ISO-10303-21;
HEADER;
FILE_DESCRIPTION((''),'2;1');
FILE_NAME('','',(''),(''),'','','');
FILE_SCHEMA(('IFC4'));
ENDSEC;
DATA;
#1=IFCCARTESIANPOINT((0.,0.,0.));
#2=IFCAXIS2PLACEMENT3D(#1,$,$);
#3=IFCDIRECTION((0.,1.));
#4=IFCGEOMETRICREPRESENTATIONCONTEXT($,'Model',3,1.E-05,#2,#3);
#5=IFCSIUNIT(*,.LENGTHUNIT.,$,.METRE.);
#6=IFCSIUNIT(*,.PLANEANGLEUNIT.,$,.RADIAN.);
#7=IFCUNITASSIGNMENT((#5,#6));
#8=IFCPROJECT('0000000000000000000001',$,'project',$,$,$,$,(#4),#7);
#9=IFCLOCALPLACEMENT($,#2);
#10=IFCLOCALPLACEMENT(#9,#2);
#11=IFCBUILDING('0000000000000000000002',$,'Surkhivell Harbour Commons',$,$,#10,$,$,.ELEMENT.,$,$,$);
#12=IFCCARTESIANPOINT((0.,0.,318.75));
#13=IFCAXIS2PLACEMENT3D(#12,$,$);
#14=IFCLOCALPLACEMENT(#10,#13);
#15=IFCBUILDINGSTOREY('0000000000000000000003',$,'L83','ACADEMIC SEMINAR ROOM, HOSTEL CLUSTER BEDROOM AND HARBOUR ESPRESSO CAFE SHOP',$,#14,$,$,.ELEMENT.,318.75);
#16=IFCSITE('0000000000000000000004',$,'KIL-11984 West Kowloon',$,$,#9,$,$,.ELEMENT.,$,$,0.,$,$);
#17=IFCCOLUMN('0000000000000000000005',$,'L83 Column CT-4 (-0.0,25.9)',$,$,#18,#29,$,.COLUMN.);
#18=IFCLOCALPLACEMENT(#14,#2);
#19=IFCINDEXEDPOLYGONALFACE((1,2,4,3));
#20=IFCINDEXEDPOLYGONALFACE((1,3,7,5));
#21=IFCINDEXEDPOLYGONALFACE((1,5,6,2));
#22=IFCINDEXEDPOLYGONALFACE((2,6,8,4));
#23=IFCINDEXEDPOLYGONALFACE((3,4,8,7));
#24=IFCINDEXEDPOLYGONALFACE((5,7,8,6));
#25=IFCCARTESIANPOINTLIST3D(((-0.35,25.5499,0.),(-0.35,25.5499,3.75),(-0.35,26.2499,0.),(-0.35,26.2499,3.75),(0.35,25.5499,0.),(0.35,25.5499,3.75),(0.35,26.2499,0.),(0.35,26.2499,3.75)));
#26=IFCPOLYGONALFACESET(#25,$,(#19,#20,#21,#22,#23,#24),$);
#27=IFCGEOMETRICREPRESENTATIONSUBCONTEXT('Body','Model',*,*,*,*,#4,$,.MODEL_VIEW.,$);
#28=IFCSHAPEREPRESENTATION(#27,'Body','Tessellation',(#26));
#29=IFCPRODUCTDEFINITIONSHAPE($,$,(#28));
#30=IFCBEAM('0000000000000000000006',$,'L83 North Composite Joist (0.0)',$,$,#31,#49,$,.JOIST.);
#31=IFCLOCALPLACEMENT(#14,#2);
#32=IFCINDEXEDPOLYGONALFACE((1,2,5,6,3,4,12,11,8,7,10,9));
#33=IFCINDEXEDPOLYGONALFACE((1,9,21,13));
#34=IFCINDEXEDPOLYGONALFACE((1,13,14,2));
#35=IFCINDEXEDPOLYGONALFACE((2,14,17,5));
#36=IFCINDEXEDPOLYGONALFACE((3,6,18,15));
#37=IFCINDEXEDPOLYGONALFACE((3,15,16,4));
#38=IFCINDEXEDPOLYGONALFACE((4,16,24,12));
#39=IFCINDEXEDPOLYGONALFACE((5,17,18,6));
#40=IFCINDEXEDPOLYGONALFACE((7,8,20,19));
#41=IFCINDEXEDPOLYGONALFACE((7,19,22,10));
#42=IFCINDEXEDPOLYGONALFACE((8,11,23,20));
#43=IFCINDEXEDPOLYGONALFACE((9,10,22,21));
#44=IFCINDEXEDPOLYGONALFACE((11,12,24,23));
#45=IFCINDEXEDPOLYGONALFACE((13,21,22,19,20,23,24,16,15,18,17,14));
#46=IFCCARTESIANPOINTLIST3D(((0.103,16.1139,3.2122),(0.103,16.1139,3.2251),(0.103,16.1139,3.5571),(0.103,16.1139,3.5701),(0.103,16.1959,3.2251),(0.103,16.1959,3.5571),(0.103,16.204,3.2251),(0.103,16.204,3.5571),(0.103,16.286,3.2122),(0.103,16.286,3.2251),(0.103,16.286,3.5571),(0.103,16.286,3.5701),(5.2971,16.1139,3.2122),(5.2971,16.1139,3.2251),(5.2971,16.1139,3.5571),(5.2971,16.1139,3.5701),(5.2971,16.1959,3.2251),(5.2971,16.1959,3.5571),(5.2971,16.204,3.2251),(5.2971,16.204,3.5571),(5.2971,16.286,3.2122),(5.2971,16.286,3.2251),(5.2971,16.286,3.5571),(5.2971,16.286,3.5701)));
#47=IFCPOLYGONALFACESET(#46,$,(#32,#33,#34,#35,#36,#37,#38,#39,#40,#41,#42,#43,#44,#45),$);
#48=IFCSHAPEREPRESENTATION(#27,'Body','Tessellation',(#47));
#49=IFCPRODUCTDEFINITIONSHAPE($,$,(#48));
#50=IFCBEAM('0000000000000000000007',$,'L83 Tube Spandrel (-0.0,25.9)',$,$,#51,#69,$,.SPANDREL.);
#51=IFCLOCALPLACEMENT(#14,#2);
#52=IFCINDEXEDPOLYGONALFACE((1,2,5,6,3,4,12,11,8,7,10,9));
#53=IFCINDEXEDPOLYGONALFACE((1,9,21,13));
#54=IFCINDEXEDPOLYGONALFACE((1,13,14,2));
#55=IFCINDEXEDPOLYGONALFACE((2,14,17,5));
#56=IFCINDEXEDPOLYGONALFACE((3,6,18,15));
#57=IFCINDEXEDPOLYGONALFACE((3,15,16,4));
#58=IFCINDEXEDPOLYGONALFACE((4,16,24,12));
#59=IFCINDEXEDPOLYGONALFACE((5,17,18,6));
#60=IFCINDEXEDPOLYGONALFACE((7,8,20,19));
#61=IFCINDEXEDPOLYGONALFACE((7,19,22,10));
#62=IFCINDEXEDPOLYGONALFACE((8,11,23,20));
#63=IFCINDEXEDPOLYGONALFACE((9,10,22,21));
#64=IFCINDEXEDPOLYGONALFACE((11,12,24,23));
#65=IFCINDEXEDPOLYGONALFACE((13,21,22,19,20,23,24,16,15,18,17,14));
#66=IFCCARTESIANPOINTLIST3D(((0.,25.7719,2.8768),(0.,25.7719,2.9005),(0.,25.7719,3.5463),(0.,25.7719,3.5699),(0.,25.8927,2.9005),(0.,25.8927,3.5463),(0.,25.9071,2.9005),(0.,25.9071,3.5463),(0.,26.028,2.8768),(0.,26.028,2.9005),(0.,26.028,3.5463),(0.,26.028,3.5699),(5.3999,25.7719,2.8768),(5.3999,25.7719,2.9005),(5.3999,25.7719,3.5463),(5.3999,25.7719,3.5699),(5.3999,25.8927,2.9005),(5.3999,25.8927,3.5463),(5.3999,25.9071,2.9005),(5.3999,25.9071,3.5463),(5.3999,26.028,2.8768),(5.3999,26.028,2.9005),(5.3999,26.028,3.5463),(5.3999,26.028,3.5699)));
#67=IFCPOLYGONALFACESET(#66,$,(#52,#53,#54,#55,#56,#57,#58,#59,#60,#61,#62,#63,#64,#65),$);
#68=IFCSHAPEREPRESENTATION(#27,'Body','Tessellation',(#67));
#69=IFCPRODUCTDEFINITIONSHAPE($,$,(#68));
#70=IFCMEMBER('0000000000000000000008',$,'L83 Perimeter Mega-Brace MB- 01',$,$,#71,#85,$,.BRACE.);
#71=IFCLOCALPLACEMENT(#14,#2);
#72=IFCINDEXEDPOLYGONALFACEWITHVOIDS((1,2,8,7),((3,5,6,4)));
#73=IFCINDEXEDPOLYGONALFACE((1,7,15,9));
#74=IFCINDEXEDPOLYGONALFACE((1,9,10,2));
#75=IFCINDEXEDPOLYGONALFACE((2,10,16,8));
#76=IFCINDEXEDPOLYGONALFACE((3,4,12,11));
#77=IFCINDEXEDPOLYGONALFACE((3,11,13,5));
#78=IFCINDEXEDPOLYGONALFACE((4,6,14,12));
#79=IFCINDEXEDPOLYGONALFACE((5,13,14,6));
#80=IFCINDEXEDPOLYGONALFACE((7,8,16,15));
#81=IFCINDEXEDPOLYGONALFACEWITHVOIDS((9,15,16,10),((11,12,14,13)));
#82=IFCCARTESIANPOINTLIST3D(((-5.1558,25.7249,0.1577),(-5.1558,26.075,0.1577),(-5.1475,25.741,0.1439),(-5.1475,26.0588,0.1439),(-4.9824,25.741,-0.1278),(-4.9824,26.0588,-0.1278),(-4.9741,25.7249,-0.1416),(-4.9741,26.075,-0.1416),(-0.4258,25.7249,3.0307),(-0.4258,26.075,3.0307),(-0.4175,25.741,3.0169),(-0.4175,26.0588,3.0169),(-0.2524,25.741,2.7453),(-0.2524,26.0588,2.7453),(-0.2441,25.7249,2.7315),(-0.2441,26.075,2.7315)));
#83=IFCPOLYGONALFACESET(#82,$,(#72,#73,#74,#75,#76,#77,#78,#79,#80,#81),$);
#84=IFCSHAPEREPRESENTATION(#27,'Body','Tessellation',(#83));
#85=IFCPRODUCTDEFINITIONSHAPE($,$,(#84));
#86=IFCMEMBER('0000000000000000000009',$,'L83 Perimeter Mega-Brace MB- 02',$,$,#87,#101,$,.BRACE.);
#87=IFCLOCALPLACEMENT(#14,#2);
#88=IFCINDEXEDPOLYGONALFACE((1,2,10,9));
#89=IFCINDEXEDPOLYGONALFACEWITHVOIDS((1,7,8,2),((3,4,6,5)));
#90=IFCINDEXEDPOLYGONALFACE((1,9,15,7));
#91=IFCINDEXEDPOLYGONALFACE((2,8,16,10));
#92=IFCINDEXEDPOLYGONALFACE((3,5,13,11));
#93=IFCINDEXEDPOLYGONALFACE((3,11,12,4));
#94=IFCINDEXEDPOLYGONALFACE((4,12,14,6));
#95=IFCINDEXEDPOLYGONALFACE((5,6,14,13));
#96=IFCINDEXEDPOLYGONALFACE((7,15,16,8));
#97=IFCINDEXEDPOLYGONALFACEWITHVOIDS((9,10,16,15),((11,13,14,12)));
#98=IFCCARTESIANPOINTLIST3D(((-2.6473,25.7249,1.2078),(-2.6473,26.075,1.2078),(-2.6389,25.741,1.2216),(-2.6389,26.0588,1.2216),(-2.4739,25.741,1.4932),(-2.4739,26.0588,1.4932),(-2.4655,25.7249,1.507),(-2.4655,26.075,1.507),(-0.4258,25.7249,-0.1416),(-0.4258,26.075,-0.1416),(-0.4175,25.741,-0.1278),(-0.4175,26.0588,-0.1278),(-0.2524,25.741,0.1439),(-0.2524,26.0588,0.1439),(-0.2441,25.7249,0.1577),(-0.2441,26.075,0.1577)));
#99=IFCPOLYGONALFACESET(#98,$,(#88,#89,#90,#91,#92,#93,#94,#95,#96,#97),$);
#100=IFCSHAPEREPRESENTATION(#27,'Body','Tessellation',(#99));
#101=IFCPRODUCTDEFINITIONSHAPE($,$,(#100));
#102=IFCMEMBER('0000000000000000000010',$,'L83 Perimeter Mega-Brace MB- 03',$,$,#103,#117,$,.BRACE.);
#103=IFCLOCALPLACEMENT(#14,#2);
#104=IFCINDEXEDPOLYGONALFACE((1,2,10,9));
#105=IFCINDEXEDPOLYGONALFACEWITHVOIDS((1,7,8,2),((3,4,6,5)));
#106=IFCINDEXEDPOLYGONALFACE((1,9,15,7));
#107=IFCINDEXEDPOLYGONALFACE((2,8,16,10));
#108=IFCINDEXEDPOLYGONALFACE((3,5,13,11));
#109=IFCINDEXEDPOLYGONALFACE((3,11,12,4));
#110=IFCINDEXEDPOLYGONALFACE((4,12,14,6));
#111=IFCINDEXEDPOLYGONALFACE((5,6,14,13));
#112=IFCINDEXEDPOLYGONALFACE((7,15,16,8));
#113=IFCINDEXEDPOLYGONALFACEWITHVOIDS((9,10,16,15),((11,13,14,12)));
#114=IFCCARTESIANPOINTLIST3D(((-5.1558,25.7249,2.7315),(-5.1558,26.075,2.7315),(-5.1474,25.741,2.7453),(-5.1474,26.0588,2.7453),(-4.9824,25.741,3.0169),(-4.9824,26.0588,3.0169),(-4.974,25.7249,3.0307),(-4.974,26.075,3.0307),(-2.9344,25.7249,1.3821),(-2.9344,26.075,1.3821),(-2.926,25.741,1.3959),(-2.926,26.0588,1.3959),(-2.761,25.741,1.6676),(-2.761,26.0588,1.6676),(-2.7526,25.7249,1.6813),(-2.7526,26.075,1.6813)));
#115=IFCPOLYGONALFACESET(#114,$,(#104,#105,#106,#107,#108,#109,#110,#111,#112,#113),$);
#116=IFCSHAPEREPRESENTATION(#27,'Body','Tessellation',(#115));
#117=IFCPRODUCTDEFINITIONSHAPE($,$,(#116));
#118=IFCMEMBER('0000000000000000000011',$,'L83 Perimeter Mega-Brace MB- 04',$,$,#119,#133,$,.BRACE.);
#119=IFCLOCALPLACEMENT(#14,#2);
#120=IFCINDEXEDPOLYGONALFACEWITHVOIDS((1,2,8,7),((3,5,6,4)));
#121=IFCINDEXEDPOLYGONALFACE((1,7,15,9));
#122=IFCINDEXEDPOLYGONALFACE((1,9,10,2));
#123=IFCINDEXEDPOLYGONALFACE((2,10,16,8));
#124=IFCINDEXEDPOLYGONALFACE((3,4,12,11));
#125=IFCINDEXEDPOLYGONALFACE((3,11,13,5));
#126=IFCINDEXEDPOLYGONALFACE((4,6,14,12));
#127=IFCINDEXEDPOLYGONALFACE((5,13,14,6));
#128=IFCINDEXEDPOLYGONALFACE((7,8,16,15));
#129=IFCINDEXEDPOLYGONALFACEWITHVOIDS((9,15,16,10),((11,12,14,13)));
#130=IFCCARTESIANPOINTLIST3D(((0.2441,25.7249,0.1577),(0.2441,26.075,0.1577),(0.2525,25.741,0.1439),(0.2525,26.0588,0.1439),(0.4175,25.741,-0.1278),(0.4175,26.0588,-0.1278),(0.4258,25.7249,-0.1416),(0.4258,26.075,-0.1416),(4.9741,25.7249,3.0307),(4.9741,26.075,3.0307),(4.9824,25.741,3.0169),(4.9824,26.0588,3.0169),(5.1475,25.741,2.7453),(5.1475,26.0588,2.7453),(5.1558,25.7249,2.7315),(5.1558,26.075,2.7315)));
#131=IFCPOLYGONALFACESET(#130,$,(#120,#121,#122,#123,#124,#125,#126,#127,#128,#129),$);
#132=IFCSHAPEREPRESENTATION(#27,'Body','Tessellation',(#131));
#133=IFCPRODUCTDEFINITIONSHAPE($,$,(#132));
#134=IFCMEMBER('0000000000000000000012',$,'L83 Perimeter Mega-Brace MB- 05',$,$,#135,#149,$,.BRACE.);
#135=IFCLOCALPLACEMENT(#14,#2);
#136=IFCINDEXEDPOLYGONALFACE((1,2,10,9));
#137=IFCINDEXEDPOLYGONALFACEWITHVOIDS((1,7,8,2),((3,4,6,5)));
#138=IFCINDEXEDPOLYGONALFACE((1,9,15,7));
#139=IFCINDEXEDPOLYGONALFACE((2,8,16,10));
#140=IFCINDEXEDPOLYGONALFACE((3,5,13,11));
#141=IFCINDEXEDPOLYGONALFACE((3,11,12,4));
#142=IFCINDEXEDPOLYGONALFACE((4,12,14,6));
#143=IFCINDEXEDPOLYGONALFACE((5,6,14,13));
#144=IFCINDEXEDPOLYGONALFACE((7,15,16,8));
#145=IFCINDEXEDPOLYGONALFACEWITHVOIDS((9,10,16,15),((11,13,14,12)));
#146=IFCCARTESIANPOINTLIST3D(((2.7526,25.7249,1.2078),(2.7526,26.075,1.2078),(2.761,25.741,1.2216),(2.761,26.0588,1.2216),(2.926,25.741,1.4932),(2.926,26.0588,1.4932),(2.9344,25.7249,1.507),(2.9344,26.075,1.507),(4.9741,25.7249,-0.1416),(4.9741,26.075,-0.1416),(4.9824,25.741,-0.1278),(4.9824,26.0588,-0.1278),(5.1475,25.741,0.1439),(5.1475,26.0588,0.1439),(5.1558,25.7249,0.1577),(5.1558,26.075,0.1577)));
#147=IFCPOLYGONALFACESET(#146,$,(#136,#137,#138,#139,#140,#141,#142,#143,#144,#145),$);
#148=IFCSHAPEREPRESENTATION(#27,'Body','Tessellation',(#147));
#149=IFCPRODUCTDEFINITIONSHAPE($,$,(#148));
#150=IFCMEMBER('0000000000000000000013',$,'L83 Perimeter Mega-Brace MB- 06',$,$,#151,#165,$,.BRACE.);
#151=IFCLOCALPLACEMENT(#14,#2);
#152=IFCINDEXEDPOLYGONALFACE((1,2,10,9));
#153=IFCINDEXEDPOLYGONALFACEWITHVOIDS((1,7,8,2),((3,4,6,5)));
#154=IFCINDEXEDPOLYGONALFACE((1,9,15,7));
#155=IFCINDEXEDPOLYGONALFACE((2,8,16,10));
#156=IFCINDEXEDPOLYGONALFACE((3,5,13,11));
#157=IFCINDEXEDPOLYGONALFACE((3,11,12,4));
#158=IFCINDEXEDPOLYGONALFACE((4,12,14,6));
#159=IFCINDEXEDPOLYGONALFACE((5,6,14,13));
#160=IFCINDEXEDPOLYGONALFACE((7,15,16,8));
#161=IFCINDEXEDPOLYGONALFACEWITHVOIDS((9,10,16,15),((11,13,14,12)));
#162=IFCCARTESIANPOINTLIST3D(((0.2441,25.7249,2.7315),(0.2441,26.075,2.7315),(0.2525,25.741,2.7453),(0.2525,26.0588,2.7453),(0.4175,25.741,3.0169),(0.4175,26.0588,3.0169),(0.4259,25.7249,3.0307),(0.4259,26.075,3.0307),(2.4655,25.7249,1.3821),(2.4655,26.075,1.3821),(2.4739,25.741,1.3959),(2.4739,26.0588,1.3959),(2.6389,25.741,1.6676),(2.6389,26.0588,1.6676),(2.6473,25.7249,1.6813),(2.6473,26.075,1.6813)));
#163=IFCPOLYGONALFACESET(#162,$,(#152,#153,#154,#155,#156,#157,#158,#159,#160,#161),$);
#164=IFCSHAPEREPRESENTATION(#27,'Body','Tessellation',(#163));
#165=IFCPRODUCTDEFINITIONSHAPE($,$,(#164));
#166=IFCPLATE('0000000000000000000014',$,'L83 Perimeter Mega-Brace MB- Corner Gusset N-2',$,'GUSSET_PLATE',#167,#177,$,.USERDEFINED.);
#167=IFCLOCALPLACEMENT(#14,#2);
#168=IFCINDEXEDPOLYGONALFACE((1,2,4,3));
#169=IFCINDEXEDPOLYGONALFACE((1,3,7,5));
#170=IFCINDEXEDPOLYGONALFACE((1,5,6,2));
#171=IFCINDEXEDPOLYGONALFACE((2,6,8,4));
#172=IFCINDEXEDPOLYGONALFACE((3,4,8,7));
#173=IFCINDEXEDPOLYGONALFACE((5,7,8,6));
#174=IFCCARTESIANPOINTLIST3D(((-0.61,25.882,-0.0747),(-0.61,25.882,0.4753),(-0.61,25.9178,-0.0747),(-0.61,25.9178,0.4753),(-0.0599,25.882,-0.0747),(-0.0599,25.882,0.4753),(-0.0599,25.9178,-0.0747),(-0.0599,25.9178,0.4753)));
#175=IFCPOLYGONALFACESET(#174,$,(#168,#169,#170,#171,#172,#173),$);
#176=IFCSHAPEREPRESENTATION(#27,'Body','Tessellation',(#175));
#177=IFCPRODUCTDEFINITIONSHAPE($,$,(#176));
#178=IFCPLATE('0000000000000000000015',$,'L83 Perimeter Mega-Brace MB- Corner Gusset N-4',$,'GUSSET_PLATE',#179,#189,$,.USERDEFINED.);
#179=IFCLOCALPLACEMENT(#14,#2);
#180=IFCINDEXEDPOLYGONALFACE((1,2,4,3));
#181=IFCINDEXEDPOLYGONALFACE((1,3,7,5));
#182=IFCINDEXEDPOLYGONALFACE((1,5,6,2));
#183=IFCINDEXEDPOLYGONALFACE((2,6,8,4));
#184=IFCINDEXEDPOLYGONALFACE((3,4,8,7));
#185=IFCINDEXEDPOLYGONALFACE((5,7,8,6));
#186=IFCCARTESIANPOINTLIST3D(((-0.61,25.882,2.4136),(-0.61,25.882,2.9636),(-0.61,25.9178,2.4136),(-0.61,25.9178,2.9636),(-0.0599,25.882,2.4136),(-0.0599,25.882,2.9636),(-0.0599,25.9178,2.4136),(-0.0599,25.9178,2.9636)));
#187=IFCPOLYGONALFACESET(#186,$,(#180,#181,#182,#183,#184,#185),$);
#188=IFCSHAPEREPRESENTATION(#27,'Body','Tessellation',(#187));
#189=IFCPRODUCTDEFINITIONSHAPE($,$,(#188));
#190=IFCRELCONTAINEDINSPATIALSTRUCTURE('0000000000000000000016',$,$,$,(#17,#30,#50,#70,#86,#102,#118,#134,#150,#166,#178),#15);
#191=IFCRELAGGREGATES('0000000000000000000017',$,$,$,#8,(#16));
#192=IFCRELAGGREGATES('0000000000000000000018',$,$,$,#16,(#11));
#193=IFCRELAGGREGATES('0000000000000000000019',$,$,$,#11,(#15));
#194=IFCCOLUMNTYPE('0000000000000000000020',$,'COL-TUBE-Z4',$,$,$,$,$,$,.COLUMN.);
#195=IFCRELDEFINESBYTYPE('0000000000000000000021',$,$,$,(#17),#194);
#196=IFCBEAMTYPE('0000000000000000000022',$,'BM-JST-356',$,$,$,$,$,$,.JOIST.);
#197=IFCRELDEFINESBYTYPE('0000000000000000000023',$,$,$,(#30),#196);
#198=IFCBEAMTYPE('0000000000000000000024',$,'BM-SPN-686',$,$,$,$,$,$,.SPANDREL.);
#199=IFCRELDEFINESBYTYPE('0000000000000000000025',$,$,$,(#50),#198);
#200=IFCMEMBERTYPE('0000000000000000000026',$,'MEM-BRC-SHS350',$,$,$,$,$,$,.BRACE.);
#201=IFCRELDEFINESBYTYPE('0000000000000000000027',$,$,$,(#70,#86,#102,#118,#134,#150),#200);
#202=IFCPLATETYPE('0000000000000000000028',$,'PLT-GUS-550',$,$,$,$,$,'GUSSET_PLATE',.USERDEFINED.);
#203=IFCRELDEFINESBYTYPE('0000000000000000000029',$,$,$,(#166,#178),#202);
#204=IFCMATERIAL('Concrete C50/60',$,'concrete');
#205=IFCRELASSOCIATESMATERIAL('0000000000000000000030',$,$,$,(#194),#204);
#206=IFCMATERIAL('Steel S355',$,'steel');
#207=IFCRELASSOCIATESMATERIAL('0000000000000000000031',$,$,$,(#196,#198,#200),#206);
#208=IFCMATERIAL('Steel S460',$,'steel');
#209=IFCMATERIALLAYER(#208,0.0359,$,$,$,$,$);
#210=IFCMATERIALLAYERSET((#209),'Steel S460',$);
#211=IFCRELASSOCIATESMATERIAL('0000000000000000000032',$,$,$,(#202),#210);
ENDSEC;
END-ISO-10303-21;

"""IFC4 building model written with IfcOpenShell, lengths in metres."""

from ifc_helpers import new_model, si_unit, direction, frame, origin, origin_2d, place, context, subcontext, project, spatial, rectangle, hollow_rectangle, i_section, extrude, material, layer, layer_set, material_profile, profile_set, type_object, element, save


model = new_model("IFC4")

# Units and contexts
model_context = context("Model", 3, precision=1e-05, world=origin(), true_north=direction((0.0, 1.0)))
body_context = subcontext(model_context, "Body", "Model", "MODEL_VIEW")
ifc_project = project(units=[si_unit("LENGTHUNIT", "METRE"), si_unit("PLANEANGLEUNIT", "RADIAN")], contexts=[model_context])

# Site, building, storey
site_placement = place(None, origin())
site = spatial("IfcSite", under=ifc_project, at=site_placement, Name="KIL-11984 West Kowloon", CompositionType="ELEMENT", RefElevation=0.0)
building_placement = place(site_placement, origin())
building = spatial("IfcBuilding", under=site, at=building_placement, Name="Surkhivell Harbour Commons", CompositionType="ELEMENT")
storey_placement = place(building_placement, frame((0.0, 0.0, 318.75)))
storey = spatial("IfcBuildingStorey", under=building, at=storey_placement, Name="L83", Description="ACADEMIC SEMINAR ROOM, HOSTEL CLUSTER BEDROOM AND HARBOUR ESPRESSO CAFE SHOP", CompositionType="ELEMENT", Elevation=318.75)

# Column
ifc_material_1 = material(Name="Concrete C50/60", Category="concrete")
ifc_material_profile_1 = material_profile(ifc_material_1, rectangle(XDim=0.7, YDim=0.7, at=origin_2d()), Name="RC-COL-700x700")
ifc_profile_set_1 = profile_set([ifc_material_profile_1], Name="Concrete C50/60")
column_type = type_object("IfcColumnType", Name="COL-TUBE-Z4", PredefinedType="COLUMN", material=ifc_profile_set_1)
column_placement = place(storey_placement, frame((0.0, 25.8999, 0.0), z_axis=(0.0, 0.0, 1.0), x_axis=(1.0, 0.0, 0.0)))
element("IfcColumn", 1, at=column_placement, inside=storey, type_object=column_type, Name="L83 Column CT-4 (-0.0,25.9)", PredefinedType="COLUMN", context=body_context, shape_type="SweptSolid", body=[
    extrude(rectangle(XDim=0.7, YDim=0.7, at=origin_2d()), origin(), (0.0, 0.0, 1.0), 3.75),
])

# Beams
ifc_material_2 = material(Name="Steel S355", Category="steel")
ifc_material_profile_2 = material_profile(ifc_material_2, i_section(OverallWidth=0.1721, OverallDepth=0.3579, WebThickness=0.0081, FlangeThickness=0.0129, at=origin_2d()), Name="UB356x171x57")
ifc_profile_set_2 = profile_set([ifc_material_profile_2], Name="Steel S355")
beam_type_1 = type_object("IfcBeamType", Name="BM-JST-356", PredefinedType="JOIST", material=ifc_profile_set_2)
beam_1_placement = place(storey_placement, frame((0.103, 16.2, 3.3911), z_axis=(1.0, 0.0, 0.0), x_axis=(0.0, 1.0, 0.0)))
element("IfcBeam", 2, at=beam_1_placement, inside=storey, type_object=beam_type_1, Name="L83 North Composite Joist (0.0)", PredefinedType="JOIST", context=body_context, shape_type="SweptSolid", body=[
    extrude(i_section(OverallWidth=0.1721, OverallDepth=0.3579, WebThickness=0.0081, FlangeThickness=0.0129, at=origin_2d()), origin(), (0.0, 0.0, 1.0), 5.1941),
])
ifc_material_profile_3 = material_profile(ifc_material_2, i_section(OverallWidth=0.2561, OverallDepth=0.6931, WebThickness=0.0144, FlangeThickness=0.0237, at=origin_2d()), Name="UB686x254x170")
ifc_profile_set_3 = profile_set([ifc_material_profile_3], Name="Steel S355")
beam_type_2 = type_object("IfcBeamType", Name="BM-SPN-686", PredefinedType="SPANDREL", material=ifc_profile_set_3)
beam_2_placement = place(storey_placement, frame((0.0, 25.8999, 3.2234), z_axis=(1.0, 0.0, 0.0), x_axis=(0.0, 1.0, 0.0)))
element("IfcBeam", 3, at=beam_2_placement, inside=storey, type_object=beam_type_2, Name="L83 Tube Spandrel (-0.0,25.9)", PredefinedType="SPANDREL", context=body_context, shape_type="SweptSolid", body=[
    extrude(i_section(OverallWidth=0.2561, OverallDepth=0.6931, WebThickness=0.0144, FlangeThickness=0.0237, at=origin_2d()), origin(), (0.0, 0.0, 1.0), 5.3999),
])

# Members
ifc_material_profile_4 = material_profile(ifc_material_2, hollow_rectangle(XDim=0.3501, YDim=0.3501, WallThickness=0.0161, at=origin_2d()), Name="SHS350x350x16")
ifc_profile_set_4 = profile_set([ifc_material_profile_4], Name="Steel S355")
member_type = type_object("IfcMemberType", Name="MEM-BRC-SHS350", PredefinedType="BRACE", material=ifc_profile_set_4)
member_1_placement = place(storey_placement, frame((-5.0649, 25.8999, 0.0081), z_axis=(0.854685, 0.0, 0.519146), x_axis=(0.0, 1.0, 0.0)))
element("IfcMember", 4, at=member_1_placement, inside=storey, type_object=member_type, Name="L83 Perimeter Mega-Brace MB- 01", PredefinedType="BRACE", context=body_context, shape_type="SweptSolid", body=[
    extrude(hollow_rectangle(XDim=0.3501, YDim=0.3501, WallThickness=0.0161, at=origin_2d()), origin(), (0.0, 0.0, 1.0), 5.5342),
])
for number, where, z_axis, x_axis, name in (
    (5, (-0.335, 25.8999, 0.0081), (-0.854679, 0.0, 0.519157), (0.0, -1.0, 0.0), "L83 Perimeter Mega-Brace MB- 02"),
    (6, (-2.8435, 25.8999, 1.5317), (-0.854679, 0.0, 0.519157), (0.0, -1.0, 0.0), "L83 Perimeter Mega-Brace MB- 03"),
):
    element("IfcMember", number, at=place(storey_placement, frame(where, z_axis=z_axis, x_axis=x_axis)), inside=storey, type_object=member_type, Name=name, PredefinedType="BRACE", context=body_context, shape_type="SweptSolid", body=[
        extrude(hollow_rectangle(XDim=0.3501, YDim=0.3501, WallThickness=0.0161, at=origin_2d()), origin(), (0.0, 0.0, 1.0), 2.5991),
    ])
member_2_placement = place(storey_placement, frame((0.335, 25.8999, 0.0081), z_axis=(0.854685, 0.0, 0.519146), x_axis=(0.0, 1.0, 0.0)))
element("IfcMember", 7, at=member_2_placement, inside=storey, type_object=member_type, Name="L83 Perimeter Mega-Brace MB- 04", PredefinedType="BRACE", context=body_context, shape_type="SweptSolid", body=[
    extrude(hollow_rectangle(XDim=0.3501, YDim=0.3501, WallThickness=0.0161, at=origin_2d()), origin(), (0.0, 0.0, 1.0), 5.5342),
])
for number, where, z_axis, x_axis, name in (
    (8, (5.0649, 25.8999, 0.0081), (-0.854679, 0.0, 0.519157), (0.0, -1.0, 0.0), "L83 Perimeter Mega-Brace MB- 05"),
    (9, (2.5564, 25.8999, 1.5317), (-0.854679, 0.0, 0.519157), (0.0, -1.0, 0.0), "L83 Perimeter Mega-Brace MB- 06"),
):
    element("IfcMember", number, at=place(storey_placement, frame(where, z_axis=z_axis, x_axis=x_axis)), inside=storey, type_object=member_type, Name=name, PredefinedType="BRACE", context=body_context, shape_type="SweptSolid", body=[
        extrude(hollow_rectangle(XDim=0.3501, YDim=0.3501, WallThickness=0.0161, at=origin_2d()), origin(), (0.0, 0.0, 1.0), 2.5991),
    ])

# Plates
ifc_material_3 = material(Name="Steel S460", Category="steel")
ifc_layer_1 = layer(ifc_material_3, 0.0359)
ifc_layer_set_1 = layer_set([ifc_layer_1], Name="Steel S460")
plate_type_1 = type_object("IfcPlateType", Name="PLT-GUS-550", ElementType="GUSSET_PLATE", PredefinedType="USERDEFINED", material=ifc_layer_set_1)
for number, where, z_axis, x_axis, name in (
    (10, (-0.335, 25.8999, -0.0747), (0.0, 0.0, 1.0), (1.0, 0.0, 0.0), "L83 Perimeter Mega-Brace MB- Corner Gusset N-2"),
    (11, (-0.335, 25.8999, 2.4136), (0.0, 0.0, 1.0), (1.0, 0.0, 0.0), "L83 Perimeter Mega-Brace MB- Corner Gusset N-4"),
):
    element("IfcPlate", number, at=place(storey_placement, frame(where, z_axis=z_axis, x_axis=x_axis)), inside=storey, type_object=plate_type_1, Name=name, ObjectType="GUSSET_PLATE", PredefinedType="USERDEFINED", context=body_context, shape_type="SweptSolid", body=[
        extrude(rectangle(XDim=0.55, YDim=0.0359, at=origin_2d()), origin(), (0.0, 0.0, 1.0), 0.55),
    ])

save(model, "model.ifc")
